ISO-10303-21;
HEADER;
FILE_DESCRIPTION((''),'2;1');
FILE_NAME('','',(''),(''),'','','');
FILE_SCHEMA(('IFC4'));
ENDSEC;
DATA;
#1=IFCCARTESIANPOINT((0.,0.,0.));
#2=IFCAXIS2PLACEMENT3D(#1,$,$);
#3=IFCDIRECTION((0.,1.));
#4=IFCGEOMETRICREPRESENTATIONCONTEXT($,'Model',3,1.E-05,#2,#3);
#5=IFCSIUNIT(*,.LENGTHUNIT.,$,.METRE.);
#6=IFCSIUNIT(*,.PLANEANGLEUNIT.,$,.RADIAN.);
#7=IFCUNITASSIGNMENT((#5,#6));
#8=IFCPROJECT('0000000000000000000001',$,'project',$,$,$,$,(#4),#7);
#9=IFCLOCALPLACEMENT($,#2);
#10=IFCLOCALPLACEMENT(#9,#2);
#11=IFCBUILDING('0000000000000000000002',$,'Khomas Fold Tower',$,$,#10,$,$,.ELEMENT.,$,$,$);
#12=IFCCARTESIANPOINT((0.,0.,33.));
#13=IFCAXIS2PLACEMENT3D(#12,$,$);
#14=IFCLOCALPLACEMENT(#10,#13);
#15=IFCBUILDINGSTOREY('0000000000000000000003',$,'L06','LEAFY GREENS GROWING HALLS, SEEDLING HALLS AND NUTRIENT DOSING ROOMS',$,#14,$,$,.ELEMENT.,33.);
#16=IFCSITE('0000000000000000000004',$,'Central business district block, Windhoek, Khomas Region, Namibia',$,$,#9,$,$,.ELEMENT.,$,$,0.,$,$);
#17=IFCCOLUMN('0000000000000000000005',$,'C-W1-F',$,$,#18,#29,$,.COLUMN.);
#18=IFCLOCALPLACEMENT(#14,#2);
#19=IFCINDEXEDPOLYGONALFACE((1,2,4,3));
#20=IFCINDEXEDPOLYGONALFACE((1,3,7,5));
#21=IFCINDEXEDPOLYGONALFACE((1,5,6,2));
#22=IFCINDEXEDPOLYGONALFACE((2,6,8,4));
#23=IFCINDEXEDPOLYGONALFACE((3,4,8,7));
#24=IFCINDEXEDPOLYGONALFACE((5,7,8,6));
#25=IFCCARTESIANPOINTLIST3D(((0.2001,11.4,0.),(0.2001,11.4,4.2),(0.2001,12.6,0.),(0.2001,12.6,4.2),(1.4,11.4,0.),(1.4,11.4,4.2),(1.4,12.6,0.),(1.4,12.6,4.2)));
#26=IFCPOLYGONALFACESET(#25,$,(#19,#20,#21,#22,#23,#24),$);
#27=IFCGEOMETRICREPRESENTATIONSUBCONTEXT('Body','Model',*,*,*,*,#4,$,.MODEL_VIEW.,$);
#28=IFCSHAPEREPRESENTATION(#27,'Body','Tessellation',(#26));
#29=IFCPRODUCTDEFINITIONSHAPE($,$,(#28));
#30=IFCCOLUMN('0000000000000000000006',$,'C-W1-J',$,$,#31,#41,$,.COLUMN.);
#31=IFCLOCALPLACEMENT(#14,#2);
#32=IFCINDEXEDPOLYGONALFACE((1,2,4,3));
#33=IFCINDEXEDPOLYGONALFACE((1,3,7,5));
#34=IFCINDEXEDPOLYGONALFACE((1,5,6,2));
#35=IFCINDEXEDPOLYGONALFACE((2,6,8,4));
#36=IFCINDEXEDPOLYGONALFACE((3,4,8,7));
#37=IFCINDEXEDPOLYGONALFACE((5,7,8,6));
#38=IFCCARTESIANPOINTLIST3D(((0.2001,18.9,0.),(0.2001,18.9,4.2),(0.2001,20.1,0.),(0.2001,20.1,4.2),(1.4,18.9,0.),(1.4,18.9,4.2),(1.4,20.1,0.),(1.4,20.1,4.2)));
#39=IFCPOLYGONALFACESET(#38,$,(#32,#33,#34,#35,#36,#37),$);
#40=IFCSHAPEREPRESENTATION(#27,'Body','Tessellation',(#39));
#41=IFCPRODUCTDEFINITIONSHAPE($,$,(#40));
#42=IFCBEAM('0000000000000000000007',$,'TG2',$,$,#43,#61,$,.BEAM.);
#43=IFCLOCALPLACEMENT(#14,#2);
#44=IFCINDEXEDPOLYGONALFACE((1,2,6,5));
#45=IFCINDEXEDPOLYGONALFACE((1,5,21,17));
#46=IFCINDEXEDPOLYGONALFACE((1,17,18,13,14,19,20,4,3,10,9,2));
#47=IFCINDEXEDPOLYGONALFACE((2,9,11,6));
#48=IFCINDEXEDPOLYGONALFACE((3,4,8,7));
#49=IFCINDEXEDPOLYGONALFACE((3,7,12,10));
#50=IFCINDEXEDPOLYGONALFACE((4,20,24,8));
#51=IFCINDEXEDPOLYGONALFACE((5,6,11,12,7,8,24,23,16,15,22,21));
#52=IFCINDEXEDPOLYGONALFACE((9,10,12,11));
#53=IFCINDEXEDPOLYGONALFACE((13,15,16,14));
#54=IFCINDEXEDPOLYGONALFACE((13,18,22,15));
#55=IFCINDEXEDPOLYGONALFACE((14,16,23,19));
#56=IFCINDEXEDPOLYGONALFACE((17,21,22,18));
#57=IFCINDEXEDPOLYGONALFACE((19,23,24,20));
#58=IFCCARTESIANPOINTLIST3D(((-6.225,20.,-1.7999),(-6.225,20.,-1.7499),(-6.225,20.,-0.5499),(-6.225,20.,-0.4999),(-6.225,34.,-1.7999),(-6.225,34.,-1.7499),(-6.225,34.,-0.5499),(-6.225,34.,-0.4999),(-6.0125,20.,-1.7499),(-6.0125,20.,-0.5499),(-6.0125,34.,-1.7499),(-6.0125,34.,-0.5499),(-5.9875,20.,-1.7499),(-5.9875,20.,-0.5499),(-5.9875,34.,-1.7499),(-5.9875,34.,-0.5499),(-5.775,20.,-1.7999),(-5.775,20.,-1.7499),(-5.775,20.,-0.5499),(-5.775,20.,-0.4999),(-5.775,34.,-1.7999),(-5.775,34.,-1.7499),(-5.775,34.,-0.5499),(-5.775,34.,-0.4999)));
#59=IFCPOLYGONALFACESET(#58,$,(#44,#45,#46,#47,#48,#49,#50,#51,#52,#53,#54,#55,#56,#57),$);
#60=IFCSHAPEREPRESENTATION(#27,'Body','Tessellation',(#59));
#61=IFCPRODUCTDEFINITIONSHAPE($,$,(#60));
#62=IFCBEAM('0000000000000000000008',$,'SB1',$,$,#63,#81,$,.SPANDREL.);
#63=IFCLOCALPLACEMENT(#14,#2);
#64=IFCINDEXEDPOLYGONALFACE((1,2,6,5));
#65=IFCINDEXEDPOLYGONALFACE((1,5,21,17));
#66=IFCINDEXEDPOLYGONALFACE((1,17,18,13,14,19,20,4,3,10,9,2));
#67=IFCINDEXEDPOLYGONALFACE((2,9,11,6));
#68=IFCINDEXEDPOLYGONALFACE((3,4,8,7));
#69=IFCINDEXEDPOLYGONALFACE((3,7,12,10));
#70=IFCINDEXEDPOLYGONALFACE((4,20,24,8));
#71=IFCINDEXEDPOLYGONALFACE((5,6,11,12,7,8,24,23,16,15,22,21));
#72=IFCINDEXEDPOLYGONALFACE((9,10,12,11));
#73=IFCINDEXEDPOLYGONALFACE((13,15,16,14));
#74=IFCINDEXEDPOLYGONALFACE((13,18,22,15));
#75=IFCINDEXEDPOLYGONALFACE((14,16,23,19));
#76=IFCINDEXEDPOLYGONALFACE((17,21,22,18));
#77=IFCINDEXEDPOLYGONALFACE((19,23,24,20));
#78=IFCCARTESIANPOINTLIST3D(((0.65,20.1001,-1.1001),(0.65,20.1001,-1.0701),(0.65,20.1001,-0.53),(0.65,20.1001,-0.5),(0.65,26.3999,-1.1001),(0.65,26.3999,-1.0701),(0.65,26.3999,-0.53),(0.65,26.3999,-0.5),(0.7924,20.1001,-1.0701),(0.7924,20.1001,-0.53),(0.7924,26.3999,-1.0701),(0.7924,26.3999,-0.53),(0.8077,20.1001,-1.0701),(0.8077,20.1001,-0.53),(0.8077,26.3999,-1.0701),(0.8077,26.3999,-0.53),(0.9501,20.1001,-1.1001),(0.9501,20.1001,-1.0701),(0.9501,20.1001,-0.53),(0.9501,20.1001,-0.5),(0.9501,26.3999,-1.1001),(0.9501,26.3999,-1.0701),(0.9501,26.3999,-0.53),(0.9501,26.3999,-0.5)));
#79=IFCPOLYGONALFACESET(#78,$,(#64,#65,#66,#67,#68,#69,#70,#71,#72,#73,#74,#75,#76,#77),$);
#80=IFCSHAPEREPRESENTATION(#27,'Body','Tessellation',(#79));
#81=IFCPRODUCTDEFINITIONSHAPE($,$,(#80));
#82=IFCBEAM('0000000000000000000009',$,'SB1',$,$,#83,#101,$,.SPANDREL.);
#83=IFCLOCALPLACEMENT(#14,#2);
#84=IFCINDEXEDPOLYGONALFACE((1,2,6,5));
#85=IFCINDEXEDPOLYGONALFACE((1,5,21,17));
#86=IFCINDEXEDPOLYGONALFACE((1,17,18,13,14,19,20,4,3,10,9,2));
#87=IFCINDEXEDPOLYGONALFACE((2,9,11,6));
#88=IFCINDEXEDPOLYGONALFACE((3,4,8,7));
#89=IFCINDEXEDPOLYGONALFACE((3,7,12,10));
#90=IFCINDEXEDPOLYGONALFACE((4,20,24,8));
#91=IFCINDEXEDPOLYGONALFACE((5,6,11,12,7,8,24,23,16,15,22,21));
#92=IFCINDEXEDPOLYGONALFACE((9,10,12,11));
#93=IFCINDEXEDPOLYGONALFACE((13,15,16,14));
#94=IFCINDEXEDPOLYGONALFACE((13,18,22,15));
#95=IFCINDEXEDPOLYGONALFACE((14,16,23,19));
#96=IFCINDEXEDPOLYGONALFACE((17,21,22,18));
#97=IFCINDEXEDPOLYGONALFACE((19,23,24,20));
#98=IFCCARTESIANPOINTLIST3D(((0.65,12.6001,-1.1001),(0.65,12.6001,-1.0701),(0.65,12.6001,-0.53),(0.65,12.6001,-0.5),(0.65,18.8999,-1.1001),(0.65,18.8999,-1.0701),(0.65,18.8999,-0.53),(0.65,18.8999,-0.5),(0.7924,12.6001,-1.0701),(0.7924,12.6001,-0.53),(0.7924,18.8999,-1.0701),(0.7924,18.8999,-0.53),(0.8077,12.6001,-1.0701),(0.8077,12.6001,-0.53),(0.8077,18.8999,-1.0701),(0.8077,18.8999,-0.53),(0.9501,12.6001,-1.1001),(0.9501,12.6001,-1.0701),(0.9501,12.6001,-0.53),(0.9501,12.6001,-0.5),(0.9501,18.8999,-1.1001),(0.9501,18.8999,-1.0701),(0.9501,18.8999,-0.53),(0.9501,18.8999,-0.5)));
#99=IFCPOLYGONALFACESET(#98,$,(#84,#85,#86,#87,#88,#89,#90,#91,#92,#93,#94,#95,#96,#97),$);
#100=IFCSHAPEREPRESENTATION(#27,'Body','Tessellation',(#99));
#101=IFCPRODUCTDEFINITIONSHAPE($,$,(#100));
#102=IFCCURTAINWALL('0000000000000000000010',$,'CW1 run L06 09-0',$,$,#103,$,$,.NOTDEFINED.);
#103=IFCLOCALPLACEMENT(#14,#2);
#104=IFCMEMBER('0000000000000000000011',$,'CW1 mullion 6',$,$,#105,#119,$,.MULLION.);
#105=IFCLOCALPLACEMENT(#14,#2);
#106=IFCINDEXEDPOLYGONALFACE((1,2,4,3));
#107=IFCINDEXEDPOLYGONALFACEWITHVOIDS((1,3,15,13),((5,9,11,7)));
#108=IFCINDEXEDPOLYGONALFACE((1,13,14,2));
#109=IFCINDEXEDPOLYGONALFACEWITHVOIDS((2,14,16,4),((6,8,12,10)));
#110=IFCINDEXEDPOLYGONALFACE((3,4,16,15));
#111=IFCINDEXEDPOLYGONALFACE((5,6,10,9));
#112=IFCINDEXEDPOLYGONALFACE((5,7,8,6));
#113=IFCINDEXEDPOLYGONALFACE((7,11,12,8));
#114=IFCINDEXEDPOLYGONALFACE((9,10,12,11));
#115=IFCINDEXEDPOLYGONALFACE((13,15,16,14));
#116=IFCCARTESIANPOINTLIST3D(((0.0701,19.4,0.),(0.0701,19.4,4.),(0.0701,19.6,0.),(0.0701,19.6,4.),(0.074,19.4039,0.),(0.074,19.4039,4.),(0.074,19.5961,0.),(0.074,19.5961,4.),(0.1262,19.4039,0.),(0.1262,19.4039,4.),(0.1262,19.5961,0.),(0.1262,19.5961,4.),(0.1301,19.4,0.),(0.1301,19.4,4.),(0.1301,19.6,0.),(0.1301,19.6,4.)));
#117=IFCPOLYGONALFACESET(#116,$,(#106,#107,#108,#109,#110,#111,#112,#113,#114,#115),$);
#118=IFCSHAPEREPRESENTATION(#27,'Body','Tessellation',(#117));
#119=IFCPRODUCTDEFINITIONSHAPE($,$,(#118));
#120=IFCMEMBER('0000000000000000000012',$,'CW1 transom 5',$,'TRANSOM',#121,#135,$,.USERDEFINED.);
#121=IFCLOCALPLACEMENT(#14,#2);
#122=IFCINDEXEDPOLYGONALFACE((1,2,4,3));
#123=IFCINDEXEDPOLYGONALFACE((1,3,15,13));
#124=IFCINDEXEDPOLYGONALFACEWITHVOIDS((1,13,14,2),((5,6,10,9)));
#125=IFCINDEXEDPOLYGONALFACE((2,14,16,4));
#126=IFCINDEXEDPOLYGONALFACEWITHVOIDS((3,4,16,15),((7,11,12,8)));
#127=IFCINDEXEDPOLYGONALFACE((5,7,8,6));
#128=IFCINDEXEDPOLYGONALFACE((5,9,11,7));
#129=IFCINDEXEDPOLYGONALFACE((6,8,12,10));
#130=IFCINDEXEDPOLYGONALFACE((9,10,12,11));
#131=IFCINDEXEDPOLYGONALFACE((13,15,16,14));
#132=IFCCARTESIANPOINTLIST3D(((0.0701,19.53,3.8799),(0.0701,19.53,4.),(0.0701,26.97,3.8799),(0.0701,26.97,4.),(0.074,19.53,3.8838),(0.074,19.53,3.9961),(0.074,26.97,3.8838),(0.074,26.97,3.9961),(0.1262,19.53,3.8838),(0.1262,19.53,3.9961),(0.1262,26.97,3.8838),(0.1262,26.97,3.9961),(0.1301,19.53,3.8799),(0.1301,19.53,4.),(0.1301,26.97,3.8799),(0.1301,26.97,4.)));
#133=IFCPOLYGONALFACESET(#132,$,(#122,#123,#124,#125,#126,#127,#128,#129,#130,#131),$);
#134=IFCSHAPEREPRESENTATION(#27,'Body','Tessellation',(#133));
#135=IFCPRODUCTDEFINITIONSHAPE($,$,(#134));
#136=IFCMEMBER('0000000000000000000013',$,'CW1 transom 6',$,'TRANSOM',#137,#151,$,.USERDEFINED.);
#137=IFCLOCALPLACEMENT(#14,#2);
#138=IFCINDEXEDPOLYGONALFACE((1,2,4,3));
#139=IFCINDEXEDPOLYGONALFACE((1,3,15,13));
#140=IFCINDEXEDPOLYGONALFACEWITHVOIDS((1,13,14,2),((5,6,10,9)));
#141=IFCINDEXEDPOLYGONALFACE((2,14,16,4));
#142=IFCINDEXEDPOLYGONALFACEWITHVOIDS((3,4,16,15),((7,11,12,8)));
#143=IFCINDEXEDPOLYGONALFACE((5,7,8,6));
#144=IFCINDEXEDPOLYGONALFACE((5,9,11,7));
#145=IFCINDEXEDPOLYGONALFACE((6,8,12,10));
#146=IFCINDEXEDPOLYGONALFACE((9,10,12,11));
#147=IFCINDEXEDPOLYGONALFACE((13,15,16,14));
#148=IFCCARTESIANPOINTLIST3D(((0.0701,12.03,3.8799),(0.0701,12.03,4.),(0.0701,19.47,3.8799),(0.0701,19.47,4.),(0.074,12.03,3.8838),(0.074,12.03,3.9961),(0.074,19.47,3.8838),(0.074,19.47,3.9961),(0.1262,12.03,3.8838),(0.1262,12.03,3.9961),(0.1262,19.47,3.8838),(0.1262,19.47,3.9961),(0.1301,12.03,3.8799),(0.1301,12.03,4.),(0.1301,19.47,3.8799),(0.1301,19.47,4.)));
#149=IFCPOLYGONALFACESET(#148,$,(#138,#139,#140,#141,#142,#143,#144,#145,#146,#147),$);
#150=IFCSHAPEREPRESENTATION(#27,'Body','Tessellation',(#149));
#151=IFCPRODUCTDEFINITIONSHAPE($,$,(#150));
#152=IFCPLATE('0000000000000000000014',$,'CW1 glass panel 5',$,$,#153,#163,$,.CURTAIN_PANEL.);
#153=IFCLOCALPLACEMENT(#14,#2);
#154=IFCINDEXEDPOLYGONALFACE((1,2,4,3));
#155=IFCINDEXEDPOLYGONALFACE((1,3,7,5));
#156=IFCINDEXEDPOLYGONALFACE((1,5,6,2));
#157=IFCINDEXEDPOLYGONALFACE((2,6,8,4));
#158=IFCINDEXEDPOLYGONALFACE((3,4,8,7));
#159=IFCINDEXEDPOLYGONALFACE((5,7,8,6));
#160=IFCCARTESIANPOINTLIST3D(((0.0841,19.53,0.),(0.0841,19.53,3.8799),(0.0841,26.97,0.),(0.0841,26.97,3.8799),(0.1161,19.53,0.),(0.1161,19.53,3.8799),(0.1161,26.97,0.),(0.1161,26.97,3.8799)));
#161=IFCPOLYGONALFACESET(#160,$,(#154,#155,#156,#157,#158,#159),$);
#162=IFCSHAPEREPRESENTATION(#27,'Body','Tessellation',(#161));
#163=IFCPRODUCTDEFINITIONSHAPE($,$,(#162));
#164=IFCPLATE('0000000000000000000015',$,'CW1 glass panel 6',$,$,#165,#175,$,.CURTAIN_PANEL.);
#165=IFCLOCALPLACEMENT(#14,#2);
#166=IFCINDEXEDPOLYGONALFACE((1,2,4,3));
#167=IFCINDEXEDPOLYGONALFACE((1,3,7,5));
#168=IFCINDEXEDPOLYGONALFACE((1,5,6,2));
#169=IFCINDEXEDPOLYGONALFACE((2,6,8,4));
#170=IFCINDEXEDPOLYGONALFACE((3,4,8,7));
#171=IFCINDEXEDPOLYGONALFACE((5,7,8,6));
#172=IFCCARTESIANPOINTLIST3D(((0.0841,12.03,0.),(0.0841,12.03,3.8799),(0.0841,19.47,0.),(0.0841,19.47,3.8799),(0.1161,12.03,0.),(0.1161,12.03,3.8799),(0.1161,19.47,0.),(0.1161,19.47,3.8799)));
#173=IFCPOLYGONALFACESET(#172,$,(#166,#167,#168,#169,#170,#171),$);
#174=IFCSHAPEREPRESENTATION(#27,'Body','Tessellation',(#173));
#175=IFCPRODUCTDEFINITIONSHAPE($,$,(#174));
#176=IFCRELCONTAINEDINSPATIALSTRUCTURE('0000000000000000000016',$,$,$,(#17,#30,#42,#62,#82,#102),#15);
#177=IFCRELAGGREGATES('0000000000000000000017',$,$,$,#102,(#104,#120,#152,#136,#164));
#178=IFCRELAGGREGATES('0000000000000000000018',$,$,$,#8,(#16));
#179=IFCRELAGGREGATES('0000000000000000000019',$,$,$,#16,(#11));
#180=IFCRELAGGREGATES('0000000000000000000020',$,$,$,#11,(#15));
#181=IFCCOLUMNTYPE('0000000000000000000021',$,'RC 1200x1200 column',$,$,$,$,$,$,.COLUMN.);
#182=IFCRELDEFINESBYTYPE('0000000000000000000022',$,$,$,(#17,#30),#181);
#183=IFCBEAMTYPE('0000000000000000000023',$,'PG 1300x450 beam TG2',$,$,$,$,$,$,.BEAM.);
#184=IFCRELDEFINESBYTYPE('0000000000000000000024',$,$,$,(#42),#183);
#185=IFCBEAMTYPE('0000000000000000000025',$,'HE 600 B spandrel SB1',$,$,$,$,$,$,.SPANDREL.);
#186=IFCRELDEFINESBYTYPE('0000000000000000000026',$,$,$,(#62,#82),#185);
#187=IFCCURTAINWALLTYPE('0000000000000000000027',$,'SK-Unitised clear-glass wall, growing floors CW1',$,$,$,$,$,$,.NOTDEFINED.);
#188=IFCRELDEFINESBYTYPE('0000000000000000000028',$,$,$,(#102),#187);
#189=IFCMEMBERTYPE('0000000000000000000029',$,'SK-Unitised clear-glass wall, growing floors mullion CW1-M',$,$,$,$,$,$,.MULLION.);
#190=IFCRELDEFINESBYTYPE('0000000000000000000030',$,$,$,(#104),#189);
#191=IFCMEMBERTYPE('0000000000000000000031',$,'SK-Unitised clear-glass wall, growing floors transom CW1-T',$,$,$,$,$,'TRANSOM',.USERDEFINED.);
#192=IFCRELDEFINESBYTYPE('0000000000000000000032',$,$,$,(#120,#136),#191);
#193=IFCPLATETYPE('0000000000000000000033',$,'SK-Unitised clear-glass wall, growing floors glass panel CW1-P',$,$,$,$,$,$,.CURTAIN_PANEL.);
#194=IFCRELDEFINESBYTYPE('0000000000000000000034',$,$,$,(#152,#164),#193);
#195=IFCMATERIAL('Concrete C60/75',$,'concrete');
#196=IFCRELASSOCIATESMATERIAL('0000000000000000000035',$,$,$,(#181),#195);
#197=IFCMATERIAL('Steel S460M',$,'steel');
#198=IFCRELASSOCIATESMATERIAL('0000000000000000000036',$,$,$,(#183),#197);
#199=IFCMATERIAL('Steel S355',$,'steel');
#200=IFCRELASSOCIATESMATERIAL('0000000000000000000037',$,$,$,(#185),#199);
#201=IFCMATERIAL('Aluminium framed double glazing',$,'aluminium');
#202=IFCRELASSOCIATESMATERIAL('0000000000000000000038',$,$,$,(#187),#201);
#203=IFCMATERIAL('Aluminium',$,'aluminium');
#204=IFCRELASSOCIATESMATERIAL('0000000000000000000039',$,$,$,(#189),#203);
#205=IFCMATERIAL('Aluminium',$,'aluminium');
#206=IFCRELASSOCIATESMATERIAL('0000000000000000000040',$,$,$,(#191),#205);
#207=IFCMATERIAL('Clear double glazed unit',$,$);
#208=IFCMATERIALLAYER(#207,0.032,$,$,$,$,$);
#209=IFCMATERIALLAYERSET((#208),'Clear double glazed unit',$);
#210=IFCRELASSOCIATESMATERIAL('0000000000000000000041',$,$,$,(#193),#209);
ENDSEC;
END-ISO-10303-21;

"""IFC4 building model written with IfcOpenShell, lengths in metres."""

from ifc_helpers import new_model, si_unit, direction, frame, origin, origin_2d, place, context, subcontext, project, spatial, rectangle, hollow_rectangle, i_section, extrude, source, transform, mapped, material, layer, layer_set, material_profile, profile_set, type_object, element, aggregate, save


model = new_model("IFC4")

# Units and contexts
model_context = context("Model", 3, precision=1e-05, world=origin(), true_north=direction((0.0, 1.0)))
body_context = subcontext(model_context, "Body", "Model", "MODEL_VIEW")
ifc_project = project(units=[si_unit("LENGTHUNIT", "METRE"), si_unit("PLANEANGLEUNIT", "RADIAN")], contexts=[model_context])

# Site, building, storey
site_placement = place(None, origin())
site = spatial("IfcSite", under=ifc_project, at=site_placement, Name="Central business district block, Windhoek, Khomas Region, Namibia", CompositionType="ELEMENT", RefElevation=0.0)
building_placement = place(site_placement, origin())
building = spatial("IfcBuilding", under=site, at=building_placement, Name="Khomas Fold Tower", CompositionType="ELEMENT")
storey_placement = place(building_placement, frame((0.0, 0.0, 33.0)))
storey = spatial("IfcBuildingStorey", under=building, at=storey_placement, Name="L06", Description="LEAFY GREENS GROWING HALLS, SEEDLING HALLS AND NUTRIENT DOSING ROOMS", CompositionType="ELEMENT", Elevation=33.0)

# Columns
ifc_material_1 = material(Name="Concrete C60/75", Category="concrete")
ifc_material_profile_1 = material_profile(ifc_material_1, rectangle(XDim=1.2, YDim=1.2, at=origin_2d()), Name="RC 1200x1200")
ifc_profile_set_1 = profile_set([ifc_material_profile_1], Name="Concrete C60/75")
column_type = type_object("IfcColumnType", Name="RC 1200x1200 column", PredefinedType="COLUMN", material=ifc_profile_set_1)
shared_shape_1 = source(origin(), body_context, "Body", "SweptSolid", [
    extrude(rectangle(XDim=1.2, YDim=1.2, at=origin_2d()), origin(), (0.0, 0.0, 1.0), 4.2),
])
for number, where, z_axis, x_axis, name in (
    (1, (0.8, 12.0, 0.0), (0.0, 0.0, 1.0), (1.0, 0.0, 0.0), "C-W1-F"),
    (2, (0.8, 19.5, 0.0), (0.0, 0.0, 1.0), (1.0, 0.0, 0.0), "C-W1-J"),
):
    element("IfcColumn", number, at=place(storey_placement, frame(where, z_axis=z_axis, x_axis=x_axis)), inside=storey, type_object=column_type, Name=name, PredefinedType="COLUMN", context=body_context, shape_type="MappedRepresentation", body=[
        mapped(shared_shape_1, transform((0.0, 0.0, 0.0))),
    ])

# Beams
ifc_material_2 = material(Name="Steel S460M", Category="steel")
ifc_material_profile_2 = material_profile(ifc_material_2, i_section(OverallWidth=0.45, OverallDepth=1.3, WebThickness=0.0249, FlangeThickness=0.05, at=origin_2d()), Name="PG 1300x450")
ifc_profile_set_2 = profile_set([ifc_material_profile_2], Name="Steel S460M")
beam_type_1 = type_object("IfcBeamType", Name="PG 1300x450 beam TG2", PredefinedType="BEAM", material=ifc_profile_set_2)
shared_shape_2 = source(origin(), body_context, "Body", "SweptSolid", [
    extrude(i_section(OverallWidth=0.45, OverallDepth=1.3, WebThickness=0.0249, FlangeThickness=0.05, at=origin_2d()), origin(), (0.0, 0.0, 1.0), 14.0),
])
beam_placement = place(storey_placement, frame((-6.0, 20.0, -1.1499), z_axis=(0.0, 1.0, 0.0), x_axis=(-1.0, 0.0, 0.0)))
element("IfcBeam", 3, at=beam_placement, inside=storey, type_object=beam_type_1, Name="TG2", PredefinedType="BEAM", context=body_context, shape_type="MappedRepresentation", body=[
    mapped(shared_shape_2, transform((0.0, 0.0, 0.0))),
])
ifc_material_3 = material(Name="Steel S355", Category="steel")
ifc_material_profile_3 = material_profile(ifc_material_3, i_section(OverallWidth=0.3, OverallDepth=0.6001, WebThickness=0.0154, FlangeThickness=0.03, at=origin_2d()), Name="HE 600 B")
ifc_profile_set_3 = profile_set([ifc_material_profile_3], Name="Steel S355")
beam_type_2 = type_object("IfcBeamType", Name="HE 600 B spandrel SB1", PredefinedType="SPANDREL", material=ifc_profile_set_3)
shared_shape_3 = source(origin(), body_context, "Body", "SweptSolid", [
    extrude(i_section(OverallWidth=0.3, OverallDepth=0.6001, WebThickness=0.0154, FlangeThickness=0.03, at=origin_2d()), origin(), (0.0, 0.0, 1.0), 6.2998),
])
for number, where, z_axis, x_axis, name in (
    (4, (0.8, 20.1001, -0.8), (0.0, 1.0, 0.0), (-1.0, 0.0, 0.0), "SB1"),
    (5, (0.8, 12.6001, -0.8), (0.0, 1.0, 0.0), (-1.0, 0.0, 0.0), "SB1"),
):
    element("IfcBeam", number, at=place(storey_placement, frame(where, z_axis=z_axis, x_axis=x_axis)), inside=storey, type_object=beam_type_2, Name=name, PredefinedType="SPANDREL", context=body_context, shape_type="MappedRepresentation", body=[
        mapped(shared_shape_3, transform((0.0, 0.0, 0.0))),
    ])

# Curtain wall, members, plates
ifc_material_4 = material(Name="Aluminium framed double glazing", Category="aluminium")
curtain_wall_type = type_object("IfcCurtainWallType", Name="SK-Unitised clear-glass wall, growing floors CW1", PredefinedType="NOTDEFINED", material=ifc_material_4)
curtain_wall_placement = place(storey_placement, origin())
curtain_wall = element("IfcCurtainWall", 6, at=curtain_wall_placement, inside=storey, type_object=curtain_wall_type, Name="CW1 run L06 09-0", PredefinedType="NOTDEFINED")
ifc_material_5 = material(Name="Aluminium", Category="aluminium")
ifc_material_profile_4 = material_profile(ifc_material_5, hollow_rectangle(XDim=0.0601, YDim=0.2, WallThickness=0.0039, at=origin_2d()), Name="SK-Unitised clear-glass wall, growing floors mullion CW1-M")
ifc_profile_set_4 = profile_set([ifc_material_profile_4], Name="Aluminium")
member_type_1 = type_object("IfcMemberType", Name="SK-Unitised clear-glass wall, growing floors mullion CW1-M", PredefinedType="MULLION", material=ifc_profile_set_4)
shared_shape_4 = source(origin(), body_context, "Body", "SweptSolid", [
    extrude(hollow_rectangle(XDim=0.0601, YDim=0.2, WallThickness=0.0039, at=origin_2d()), origin(), (0.0, 0.0, 1.0), 4.0),
])
member_1_placement = place(storey_placement, frame((0.1001, 19.5, 0.0), z_axis=(0.0, 0.0, 1.0), x_axis=(1.0, 0.0, 0.0)))
member_1 = element("IfcMember", 7, at=member_1_placement, type_object=member_type_1, Name="CW1 mullion 6", PredefinedType="MULLION", context=body_context, shape_type="MappedRepresentation", body=[
    mapped(shared_shape_4, transform((0.0, 0.0, 0.0))),
])
ifc_material_6 = material(Name="Aluminium", Category="aluminium")
ifc_material_profile_5 = material_profile(ifc_material_6, hollow_rectangle(XDim=0.0601, YDim=0.1201, WallThickness=0.0039, at=origin_2d()), Name="SK-Unitised clear-glass wall, growing floors transom CW1-T")
ifc_profile_set_5 = profile_set([ifc_material_profile_5], Name="Aluminium")
member_type_2 = type_object("IfcMemberType", Name="SK-Unitised clear-glass wall, growing floors transom CW1-T", ElementType="TRANSOM", PredefinedType="USERDEFINED", material=ifc_profile_set_5)
shared_shape_5 = source(origin(), body_context, "Body", "SweptSolid", [
    extrude(hollow_rectangle(XDim=0.0601, YDim=0.1201, WallThickness=0.0039, at=origin_2d()), origin(), (0.0, 0.0, 1.0), 7.4399),
])
member_2_placement = place(storey_placement, frame((0.1001, 26.97, 3.9399), z_axis=(0.0, -1.0, 0.0), x_axis=(1.0, 0.0, 0.0)))
member_2 = element("IfcMember", 8, at=member_2_placement, type_object=member_type_2, Name="CW1 transom 5", ObjectType="TRANSOM", PredefinedType="USERDEFINED", context=body_context, shape_type="MappedRepresentation", body=[
    mapped(shared_shape_5, transform((0.0, 0.0, 0.0))),
])
member_3_placement = place(storey_placement, frame((0.1001, 19.47, 3.9399), z_axis=(0.0, -1.0, 0.0), x_axis=(1.0, 0.0, 0.0)))
member_3 = element("IfcMember", 9, at=member_3_placement, type_object=member_type_2, Name="CW1 transom 6", ObjectType="TRANSOM", PredefinedType="USERDEFINED", context=body_context, shape_type="MappedRepresentation", body=[
    mapped(shared_shape_5, transform((0.0, 0.0, 0.0))),
])
ifc_material_7 = material(Name="Clear double glazed unit")
ifc_layer_1 = layer(ifc_material_7, 0.032)
ifc_layer_set_1 = layer_set([ifc_layer_1], Name="Clear double glazed unit")
plate_type_1 = type_object("IfcPlateType", Name="SK-Unitised clear-glass wall, growing floors glass panel CW1-P", PredefinedType="CURTAIN_PANEL", material=ifc_layer_set_1)
shared_shape_6 = source(origin(), body_context, "Body", "SweptSolid", [
    extrude(rectangle(XDim=7.4399, YDim=0.032, at=origin_2d()), origin(), (0.0, 0.0, 1.0), 3.8799),
])
plate_1_placement = place(storey_placement, frame((0.1001, 23.25, 0.0), z_axis=(0.0, 0.0, 1.0), x_axis=(0.0, -1.0, 0.0)))
plate_1 = element("IfcPlate", 10, at=plate_1_placement, type_object=plate_type_1, Name="CW1 glass panel 5", PredefinedType="CURTAIN_PANEL", context=body_context, shape_type="MappedRepresentation", body=[
    mapped(shared_shape_6, transform((0.0, 0.0, 0.0))),
])
plate_2_placement = place(storey_placement, frame((0.1001, 15.75, 0.0), z_axis=(0.0, 0.0, 1.0), x_axis=(0.0, -1.0, 0.0)))
plate_2 = element("IfcPlate", 11, at=plate_2_placement, type_object=plate_type_1, Name="CW1 glass panel 6", PredefinedType="CURTAIN_PANEL", context=body_context, shape_type="MappedRepresentation", body=[
    mapped(shared_shape_6, transform((0.0, 0.0, 0.0))),
])
aggregate(curtain_wall, [member_1, member_2, plate_1, member_3, plate_2])

save(model, "model.ifc")
